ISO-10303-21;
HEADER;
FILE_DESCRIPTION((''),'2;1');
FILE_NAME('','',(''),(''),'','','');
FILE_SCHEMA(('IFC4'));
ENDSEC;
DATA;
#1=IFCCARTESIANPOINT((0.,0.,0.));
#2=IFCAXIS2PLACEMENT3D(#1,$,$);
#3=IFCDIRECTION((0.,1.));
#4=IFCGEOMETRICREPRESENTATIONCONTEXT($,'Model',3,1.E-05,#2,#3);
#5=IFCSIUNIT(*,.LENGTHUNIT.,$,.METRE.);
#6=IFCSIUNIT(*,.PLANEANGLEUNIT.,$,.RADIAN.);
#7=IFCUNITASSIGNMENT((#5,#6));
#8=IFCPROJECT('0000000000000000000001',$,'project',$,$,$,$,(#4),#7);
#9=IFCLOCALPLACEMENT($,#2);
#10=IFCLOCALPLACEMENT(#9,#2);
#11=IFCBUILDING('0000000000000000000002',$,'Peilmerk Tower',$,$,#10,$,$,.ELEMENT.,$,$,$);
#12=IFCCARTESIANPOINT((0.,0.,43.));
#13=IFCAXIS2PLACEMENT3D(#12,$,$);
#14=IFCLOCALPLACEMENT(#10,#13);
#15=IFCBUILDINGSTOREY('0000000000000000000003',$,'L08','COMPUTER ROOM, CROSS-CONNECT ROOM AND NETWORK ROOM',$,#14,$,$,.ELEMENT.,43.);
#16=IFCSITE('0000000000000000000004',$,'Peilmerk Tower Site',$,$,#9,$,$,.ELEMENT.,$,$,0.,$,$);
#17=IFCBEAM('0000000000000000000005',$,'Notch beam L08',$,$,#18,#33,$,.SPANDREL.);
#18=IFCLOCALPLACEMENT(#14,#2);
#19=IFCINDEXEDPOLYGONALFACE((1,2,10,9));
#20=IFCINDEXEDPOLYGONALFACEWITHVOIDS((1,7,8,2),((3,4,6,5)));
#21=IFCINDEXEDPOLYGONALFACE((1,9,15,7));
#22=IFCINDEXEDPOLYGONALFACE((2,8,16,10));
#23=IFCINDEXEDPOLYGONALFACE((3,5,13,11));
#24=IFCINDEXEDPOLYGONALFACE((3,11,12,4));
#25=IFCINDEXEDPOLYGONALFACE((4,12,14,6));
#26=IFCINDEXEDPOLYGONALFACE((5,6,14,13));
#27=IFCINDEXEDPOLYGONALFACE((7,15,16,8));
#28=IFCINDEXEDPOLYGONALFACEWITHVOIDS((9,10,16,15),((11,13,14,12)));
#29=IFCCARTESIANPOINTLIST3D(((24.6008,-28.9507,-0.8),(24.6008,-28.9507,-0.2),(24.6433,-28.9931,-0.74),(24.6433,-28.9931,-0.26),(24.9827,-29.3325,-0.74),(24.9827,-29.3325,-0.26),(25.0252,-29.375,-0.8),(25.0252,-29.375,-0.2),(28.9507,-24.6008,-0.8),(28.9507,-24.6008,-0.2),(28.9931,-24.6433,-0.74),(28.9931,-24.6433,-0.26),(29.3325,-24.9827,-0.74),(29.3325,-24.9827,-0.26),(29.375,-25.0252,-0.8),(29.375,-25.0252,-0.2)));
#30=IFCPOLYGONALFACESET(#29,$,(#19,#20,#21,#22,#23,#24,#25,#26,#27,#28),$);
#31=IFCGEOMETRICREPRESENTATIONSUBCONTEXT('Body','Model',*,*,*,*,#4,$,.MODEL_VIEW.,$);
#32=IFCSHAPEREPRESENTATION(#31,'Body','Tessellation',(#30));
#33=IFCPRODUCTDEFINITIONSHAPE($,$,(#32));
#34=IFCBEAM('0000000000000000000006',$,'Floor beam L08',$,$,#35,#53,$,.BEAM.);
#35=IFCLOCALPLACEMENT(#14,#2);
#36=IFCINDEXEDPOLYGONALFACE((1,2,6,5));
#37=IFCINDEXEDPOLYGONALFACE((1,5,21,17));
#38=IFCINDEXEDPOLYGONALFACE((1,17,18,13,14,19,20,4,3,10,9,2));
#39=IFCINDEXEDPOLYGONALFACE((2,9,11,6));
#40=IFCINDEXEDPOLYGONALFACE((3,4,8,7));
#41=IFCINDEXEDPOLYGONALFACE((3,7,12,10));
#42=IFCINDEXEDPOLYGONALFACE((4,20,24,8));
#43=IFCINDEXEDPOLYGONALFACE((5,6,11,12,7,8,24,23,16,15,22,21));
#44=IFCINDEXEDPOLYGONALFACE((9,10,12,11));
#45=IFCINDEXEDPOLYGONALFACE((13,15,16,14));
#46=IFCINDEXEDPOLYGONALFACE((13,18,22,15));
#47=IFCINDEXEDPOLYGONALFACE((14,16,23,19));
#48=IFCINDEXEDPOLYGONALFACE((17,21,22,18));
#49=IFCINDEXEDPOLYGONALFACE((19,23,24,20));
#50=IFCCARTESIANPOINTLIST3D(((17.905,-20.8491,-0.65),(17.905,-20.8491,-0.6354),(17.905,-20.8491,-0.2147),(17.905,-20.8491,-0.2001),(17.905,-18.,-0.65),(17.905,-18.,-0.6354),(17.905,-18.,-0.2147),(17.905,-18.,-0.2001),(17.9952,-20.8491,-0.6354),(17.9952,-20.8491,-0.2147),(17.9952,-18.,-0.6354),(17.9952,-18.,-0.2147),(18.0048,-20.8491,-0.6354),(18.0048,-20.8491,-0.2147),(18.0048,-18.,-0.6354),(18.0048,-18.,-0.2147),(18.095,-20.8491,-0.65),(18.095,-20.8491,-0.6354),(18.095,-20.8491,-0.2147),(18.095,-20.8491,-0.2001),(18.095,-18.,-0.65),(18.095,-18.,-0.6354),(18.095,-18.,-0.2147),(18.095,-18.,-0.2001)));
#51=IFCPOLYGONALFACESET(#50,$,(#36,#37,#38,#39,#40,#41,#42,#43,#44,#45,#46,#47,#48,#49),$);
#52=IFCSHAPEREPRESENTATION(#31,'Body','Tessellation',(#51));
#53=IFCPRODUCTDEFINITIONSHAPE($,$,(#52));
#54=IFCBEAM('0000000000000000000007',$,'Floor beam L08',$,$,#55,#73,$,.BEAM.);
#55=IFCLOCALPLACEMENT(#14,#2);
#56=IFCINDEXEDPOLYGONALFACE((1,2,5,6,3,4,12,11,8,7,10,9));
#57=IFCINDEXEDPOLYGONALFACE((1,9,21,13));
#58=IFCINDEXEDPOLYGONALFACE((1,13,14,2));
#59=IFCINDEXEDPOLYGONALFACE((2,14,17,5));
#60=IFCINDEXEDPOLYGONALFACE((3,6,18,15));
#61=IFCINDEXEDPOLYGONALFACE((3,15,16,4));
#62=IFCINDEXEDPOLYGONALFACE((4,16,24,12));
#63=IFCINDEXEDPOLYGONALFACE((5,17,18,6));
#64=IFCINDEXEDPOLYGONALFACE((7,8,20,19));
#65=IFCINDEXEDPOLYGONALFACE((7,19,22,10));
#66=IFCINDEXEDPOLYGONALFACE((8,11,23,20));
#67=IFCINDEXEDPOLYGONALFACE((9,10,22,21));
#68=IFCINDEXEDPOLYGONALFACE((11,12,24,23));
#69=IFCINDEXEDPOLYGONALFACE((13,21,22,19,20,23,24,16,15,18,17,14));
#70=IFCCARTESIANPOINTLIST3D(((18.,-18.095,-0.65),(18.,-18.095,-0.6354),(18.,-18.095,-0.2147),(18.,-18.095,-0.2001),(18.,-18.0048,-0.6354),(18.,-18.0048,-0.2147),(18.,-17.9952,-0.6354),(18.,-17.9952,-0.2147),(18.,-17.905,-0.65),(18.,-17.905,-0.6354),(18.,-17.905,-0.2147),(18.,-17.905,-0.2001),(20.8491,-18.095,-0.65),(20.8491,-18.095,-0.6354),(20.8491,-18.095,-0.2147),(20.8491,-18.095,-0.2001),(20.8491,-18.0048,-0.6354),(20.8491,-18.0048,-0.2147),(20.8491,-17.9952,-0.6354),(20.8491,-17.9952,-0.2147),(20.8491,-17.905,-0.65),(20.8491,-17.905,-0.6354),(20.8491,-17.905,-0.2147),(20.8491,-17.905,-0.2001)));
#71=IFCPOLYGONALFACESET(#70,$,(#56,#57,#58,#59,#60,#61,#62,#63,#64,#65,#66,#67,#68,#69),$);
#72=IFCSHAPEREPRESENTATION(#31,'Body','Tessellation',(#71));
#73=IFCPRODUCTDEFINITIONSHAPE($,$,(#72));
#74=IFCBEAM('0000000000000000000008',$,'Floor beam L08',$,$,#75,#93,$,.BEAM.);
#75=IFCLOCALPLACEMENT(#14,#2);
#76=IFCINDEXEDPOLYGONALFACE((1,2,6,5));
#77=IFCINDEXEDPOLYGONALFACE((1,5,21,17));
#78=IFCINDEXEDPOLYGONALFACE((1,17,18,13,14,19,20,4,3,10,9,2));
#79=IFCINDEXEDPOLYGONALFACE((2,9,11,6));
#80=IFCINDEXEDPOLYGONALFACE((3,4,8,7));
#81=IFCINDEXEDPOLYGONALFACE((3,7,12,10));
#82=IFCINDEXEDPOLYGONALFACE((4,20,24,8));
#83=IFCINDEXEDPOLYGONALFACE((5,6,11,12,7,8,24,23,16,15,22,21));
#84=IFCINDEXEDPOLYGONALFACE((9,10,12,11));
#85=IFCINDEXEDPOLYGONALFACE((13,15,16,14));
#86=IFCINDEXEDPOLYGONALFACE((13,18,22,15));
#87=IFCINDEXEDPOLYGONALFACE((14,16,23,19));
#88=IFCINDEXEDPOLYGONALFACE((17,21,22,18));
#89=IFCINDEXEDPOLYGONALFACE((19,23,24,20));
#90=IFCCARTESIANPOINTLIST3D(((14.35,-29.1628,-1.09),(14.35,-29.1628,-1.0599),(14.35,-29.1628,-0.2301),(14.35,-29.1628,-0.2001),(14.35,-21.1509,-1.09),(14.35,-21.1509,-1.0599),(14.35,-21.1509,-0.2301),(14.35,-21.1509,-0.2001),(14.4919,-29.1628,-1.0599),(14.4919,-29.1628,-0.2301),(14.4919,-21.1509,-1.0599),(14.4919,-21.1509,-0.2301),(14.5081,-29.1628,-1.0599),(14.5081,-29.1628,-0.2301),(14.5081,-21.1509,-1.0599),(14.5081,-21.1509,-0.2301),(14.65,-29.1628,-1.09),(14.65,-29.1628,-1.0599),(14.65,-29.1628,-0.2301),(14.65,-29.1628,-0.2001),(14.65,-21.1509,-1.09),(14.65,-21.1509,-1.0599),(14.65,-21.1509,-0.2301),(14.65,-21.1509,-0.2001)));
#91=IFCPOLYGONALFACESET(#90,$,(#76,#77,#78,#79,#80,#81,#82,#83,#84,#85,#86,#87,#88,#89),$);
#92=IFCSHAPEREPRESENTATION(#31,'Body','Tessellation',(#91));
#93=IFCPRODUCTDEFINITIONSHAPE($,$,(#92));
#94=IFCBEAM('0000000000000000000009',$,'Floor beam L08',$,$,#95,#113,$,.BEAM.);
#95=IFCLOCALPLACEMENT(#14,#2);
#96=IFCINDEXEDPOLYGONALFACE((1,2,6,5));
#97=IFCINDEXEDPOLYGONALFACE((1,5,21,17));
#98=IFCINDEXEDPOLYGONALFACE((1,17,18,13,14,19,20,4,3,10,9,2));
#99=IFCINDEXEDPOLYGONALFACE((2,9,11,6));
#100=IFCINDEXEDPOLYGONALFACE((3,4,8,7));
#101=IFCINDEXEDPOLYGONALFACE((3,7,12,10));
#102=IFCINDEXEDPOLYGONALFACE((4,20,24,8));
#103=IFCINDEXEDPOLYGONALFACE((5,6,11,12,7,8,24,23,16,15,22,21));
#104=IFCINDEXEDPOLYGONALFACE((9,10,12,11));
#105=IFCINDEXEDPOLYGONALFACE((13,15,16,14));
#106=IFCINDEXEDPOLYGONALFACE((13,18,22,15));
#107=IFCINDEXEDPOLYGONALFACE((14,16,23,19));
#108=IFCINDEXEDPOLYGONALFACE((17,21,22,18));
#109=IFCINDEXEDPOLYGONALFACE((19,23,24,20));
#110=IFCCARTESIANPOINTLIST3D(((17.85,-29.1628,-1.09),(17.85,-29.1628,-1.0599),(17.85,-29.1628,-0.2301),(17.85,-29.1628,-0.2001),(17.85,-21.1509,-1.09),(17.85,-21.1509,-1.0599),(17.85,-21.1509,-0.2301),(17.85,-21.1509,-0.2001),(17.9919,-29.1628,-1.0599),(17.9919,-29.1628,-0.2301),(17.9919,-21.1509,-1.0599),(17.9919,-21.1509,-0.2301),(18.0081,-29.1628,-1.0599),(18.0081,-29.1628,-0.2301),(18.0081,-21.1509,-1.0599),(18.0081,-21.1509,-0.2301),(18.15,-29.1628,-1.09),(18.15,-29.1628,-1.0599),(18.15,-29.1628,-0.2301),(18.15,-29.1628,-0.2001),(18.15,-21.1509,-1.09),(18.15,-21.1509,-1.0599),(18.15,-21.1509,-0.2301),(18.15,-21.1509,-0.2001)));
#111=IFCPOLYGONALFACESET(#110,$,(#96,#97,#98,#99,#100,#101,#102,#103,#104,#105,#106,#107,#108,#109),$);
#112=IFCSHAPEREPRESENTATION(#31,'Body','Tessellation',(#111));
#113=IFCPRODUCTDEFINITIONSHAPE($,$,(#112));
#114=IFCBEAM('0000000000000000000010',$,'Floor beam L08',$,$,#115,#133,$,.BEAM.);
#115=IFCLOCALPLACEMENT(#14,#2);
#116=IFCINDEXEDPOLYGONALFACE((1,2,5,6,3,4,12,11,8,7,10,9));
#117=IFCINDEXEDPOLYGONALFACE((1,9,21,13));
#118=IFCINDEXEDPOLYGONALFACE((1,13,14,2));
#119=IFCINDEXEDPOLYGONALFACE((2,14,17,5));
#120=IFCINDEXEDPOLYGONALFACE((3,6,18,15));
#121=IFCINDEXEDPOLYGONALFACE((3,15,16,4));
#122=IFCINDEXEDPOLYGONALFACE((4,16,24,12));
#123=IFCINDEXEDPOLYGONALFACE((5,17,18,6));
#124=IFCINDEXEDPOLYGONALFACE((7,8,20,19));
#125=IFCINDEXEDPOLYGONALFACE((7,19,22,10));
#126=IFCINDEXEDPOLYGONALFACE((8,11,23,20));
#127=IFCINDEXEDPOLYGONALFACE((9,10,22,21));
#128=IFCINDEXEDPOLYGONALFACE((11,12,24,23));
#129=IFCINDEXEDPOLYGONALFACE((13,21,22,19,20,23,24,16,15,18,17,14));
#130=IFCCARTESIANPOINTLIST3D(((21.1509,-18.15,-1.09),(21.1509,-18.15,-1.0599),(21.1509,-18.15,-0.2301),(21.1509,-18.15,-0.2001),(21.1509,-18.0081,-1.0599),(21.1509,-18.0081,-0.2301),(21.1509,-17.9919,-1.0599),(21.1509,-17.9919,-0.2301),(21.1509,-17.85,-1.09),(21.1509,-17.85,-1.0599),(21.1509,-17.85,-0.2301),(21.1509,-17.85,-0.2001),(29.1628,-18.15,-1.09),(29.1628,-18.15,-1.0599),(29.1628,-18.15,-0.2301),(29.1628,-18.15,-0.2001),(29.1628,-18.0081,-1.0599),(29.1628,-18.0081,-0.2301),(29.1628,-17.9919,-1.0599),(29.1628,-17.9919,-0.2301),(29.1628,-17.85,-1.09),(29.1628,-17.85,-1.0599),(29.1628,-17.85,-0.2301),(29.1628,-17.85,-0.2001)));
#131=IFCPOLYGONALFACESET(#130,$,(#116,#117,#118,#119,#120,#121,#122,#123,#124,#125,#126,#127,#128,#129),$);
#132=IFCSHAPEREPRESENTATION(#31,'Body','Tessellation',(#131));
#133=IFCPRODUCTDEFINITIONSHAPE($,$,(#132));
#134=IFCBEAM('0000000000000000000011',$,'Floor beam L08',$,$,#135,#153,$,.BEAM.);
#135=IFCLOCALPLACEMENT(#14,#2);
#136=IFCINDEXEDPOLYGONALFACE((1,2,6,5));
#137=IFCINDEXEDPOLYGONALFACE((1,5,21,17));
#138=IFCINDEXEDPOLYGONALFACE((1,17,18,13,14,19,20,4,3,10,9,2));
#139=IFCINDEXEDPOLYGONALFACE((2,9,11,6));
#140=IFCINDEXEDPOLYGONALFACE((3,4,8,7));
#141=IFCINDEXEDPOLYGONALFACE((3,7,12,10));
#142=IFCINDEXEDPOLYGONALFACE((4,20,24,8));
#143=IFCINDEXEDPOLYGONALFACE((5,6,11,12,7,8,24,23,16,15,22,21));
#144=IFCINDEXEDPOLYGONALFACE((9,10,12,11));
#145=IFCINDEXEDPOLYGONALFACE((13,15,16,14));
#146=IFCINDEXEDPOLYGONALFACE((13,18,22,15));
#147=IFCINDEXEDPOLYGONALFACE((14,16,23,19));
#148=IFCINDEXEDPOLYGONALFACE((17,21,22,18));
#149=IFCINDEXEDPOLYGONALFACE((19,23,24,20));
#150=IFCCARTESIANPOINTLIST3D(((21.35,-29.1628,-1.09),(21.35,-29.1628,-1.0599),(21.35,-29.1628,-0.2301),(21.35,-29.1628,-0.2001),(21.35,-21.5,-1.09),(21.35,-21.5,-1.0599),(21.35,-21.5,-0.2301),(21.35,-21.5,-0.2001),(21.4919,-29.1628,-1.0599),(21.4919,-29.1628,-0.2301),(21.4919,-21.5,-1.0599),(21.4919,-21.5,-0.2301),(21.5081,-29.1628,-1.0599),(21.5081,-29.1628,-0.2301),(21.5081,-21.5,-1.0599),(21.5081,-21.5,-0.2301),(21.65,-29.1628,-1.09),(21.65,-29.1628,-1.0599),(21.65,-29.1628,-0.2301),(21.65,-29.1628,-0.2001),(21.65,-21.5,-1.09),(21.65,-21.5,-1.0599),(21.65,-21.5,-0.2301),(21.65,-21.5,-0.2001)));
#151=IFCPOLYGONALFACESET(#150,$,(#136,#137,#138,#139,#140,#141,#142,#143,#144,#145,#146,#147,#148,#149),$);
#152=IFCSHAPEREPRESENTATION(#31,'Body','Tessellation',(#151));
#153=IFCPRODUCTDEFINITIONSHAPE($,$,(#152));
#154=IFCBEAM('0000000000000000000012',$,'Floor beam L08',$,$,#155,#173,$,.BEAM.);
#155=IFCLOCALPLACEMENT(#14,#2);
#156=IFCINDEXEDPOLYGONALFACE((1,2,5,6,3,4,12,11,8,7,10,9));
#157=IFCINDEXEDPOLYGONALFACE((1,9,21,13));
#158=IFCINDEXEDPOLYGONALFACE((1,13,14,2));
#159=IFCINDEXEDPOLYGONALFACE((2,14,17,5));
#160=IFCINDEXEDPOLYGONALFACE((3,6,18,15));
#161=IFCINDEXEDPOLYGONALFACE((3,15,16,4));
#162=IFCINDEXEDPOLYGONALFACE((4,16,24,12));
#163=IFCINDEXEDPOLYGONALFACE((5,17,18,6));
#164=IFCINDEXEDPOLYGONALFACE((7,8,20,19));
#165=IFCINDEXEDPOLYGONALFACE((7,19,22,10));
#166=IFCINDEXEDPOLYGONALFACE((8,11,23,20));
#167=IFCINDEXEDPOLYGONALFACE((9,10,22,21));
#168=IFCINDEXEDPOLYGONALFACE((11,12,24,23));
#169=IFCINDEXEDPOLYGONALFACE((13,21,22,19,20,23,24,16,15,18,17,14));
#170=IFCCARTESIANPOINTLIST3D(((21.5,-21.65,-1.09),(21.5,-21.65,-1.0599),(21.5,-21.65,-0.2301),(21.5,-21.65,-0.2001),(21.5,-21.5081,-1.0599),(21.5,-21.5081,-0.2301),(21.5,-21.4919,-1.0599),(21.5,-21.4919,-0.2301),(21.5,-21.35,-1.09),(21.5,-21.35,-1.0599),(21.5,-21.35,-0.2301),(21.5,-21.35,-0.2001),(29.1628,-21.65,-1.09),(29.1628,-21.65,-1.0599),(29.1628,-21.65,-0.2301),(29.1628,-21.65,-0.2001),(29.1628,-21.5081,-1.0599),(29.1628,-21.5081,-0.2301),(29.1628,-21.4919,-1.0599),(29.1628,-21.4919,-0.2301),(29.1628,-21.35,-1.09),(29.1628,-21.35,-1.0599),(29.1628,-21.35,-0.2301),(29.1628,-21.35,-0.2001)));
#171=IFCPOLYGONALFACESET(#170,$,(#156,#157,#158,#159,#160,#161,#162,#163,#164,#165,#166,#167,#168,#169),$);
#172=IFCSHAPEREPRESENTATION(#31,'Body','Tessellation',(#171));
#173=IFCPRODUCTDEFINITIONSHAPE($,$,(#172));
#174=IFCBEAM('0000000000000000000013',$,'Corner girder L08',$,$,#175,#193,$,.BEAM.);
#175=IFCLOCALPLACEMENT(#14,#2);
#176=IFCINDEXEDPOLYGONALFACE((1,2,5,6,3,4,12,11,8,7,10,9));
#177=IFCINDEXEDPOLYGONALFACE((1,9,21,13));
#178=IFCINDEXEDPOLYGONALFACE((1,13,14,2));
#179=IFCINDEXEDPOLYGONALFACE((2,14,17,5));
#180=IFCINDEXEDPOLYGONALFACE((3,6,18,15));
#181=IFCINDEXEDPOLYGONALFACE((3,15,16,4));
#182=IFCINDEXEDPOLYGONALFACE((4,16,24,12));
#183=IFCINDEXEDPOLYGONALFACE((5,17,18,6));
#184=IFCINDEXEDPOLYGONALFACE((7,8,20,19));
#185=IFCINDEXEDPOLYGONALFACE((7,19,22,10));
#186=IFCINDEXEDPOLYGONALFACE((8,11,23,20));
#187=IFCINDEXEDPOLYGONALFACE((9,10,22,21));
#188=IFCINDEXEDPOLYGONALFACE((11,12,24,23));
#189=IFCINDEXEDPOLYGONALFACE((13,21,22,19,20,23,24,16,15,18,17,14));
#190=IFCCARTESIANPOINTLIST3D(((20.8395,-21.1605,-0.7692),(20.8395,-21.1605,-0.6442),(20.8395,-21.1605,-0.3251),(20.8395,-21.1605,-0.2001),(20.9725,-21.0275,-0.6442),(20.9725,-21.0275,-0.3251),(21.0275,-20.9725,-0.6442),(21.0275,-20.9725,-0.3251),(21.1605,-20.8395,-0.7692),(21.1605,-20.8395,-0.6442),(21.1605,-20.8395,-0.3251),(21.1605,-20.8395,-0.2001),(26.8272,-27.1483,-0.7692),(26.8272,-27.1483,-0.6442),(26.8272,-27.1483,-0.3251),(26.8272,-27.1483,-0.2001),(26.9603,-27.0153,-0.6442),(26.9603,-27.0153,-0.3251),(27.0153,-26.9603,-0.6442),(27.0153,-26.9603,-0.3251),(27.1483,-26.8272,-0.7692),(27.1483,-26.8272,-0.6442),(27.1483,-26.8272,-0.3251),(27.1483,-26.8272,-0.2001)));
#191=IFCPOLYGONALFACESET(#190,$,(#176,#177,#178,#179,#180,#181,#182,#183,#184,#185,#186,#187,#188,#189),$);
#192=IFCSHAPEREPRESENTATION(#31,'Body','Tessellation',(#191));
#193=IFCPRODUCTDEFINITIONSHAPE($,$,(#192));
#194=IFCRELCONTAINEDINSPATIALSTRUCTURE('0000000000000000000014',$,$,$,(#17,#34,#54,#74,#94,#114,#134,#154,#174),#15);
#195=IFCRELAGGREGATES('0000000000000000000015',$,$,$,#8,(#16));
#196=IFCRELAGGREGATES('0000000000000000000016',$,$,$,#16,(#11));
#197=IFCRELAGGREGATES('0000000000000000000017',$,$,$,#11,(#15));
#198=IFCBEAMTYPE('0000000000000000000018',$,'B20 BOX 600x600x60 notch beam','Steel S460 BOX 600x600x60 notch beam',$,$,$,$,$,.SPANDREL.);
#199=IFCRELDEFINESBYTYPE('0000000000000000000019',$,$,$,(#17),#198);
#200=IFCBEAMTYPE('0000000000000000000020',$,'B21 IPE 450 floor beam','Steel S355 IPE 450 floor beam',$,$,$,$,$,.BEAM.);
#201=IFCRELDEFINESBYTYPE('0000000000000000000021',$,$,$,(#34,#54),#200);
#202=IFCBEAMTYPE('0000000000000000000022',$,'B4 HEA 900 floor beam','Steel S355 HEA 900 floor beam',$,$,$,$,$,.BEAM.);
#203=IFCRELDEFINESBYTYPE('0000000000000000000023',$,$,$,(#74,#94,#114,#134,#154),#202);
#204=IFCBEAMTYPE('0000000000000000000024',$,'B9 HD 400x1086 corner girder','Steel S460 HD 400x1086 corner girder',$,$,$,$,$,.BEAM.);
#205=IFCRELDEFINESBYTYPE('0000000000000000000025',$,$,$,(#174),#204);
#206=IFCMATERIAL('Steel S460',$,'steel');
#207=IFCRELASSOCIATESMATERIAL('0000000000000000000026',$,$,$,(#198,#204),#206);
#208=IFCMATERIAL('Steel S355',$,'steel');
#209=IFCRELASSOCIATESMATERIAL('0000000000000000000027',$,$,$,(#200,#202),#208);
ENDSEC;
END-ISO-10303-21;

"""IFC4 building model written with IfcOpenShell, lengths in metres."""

from ifc_helpers import new_model, si_unit, direction, frame, origin, origin_2d, place, context, subcontext, project, spatial, hollow_rectangle, i_section, extrude, material, material_profile, profile_set, type_object, element, save


model = new_model("IFC4")

# Units and contexts
model_context = context("Model", 3, precision=1e-05, world=origin(), true_north=direction((0.0, 1.0)))
body_context = subcontext(model_context, "Body", "Model", "MODEL_VIEW")
ifc_project = project(units=[si_unit("LENGTHUNIT", "METRE"), si_unit("PLANEANGLEUNIT", "RADIAN")], contexts=[model_context])

# Site, building, storey
site_placement = place(None, origin())
site = spatial("IfcSite", under=ifc_project, at=site_placement, Name="Peilmerk Tower Site", CompositionType="ELEMENT", RefElevation=0.0)
building_placement = place(site_placement, origin())
building = spatial("IfcBuilding", under=site, at=building_placement, Name="Peilmerk Tower", CompositionType="ELEMENT")
storey_placement = place(building_placement, frame((0.0, 0.0, 43.0)))
storey = spatial("IfcBuildingStorey", under=building, at=storey_placement, Name="L08", Description="COMPUTER ROOM, CROSS-CONNECT ROOM AND NETWORK ROOM", CompositionType="ELEMENT", Elevation=43.0)

# Beams
ifc_material_1 = material(Name="Steel S460", Category="steel")
ifc_material_2 = material(Name="Steel S355", Category="steel")
ifc_material_profile_1 = material_profile(ifc_material_1, hollow_rectangle(XDim=0.6001, YDim=0.6001, WallThickness=0.0601, at=origin_2d()), Name="BOX 600x600x60")
ifc_profile_set_1 = profile_set([ifc_material_profile_1], Name="Steel S460")
beam_type_1 = type_object("IfcBeamType", Name="B20 BOX 600x600x60 notch beam", Description="Steel S460 BOX 600x600x60 notch beam", PredefinedType="SPANDREL", material=ifc_profile_set_1)
beam_1_placement = place(storey_placement, frame((29.1628, -24.813, -0.5), z_axis=(-0.707107, -0.707107, 0.0), x_axis=(0.707107, -0.707107, 0.0)))
element("IfcBeam", 1, at=beam_1_placement, inside=storey, type_object=beam_type_1, Name="Notch beam L08", PredefinedType="SPANDREL", context=body_context, shape_type="SweptSolid", body=[
    extrude(hollow_rectangle(XDim=0.6001, YDim=0.6001, WallThickness=0.0601, at=origin_2d()), origin(), (0.0, 0.0, 1.0), 6.1516),
])
ifc_material_profile_2 = material_profile(ifc_material_2, i_section(OverallWidth=0.1899, OverallDepth=0.45, WebThickness=0.0095, FlangeThickness=0.0146, at=origin_2d()), Name="IPE 450")
ifc_profile_set_2 = profile_set([ifc_material_profile_2], Name="Steel S355")
beam_type_2 = type_object("IfcBeamType", Name="B21 IPE 450 floor beam", Description="Steel S355 IPE 450 floor beam", PredefinedType="BEAM", material=ifc_profile_set_2)
for number, where, z_axis, x_axis, name in (
    (2, (18.0, -18.0, -0.425), (0.0, -1.0, 0.0), (1.0, 0.0, 0.0), "Floor beam L08"),
    (3, (18.0, -18.0, -0.425), (1.0, 0.0, 0.0), (0.0, 1.0, 0.0), "Floor beam L08"),
):
    element("IfcBeam", number, at=place(storey_placement, frame(where, z_axis=z_axis, x_axis=x_axis)), inside=storey, type_object=beam_type_2, Name=name, PredefinedType="BEAM", context=body_context, shape_type="SweptSolid", body=[
        extrude(i_section(OverallWidth=0.1899, OverallDepth=0.45, WebThickness=0.0095, FlangeThickness=0.0146, at=origin_2d()), origin(), (0.0, 0.0, 1.0), 2.8491),
    ])
ifc_material_profile_3 = material_profile(ifc_material_2, i_section(OverallWidth=0.3, OverallDepth=0.8899, WebThickness=0.0161, FlangeThickness=0.03, at=origin_2d()), Name="HEA 900")
ifc_profile_set_3 = profile_set([ifc_material_profile_3], Name="Steel S355")
beam_type_3 = type_object("IfcBeamType", Name="B4 HEA 900 floor beam", Description="Steel S355 HEA 900 floor beam", PredefinedType="BEAM", material=ifc_profile_set_3)
for number, where, z_axis, x_axis, name in (
    (4, (14.5, -21.1509, -0.645), (0.0, -1.0, 0.0), (1.0, 0.0, 0.0), "Floor beam L08"),
    (5, (18.0, -21.1509, -0.645), (0.0, -1.0, 0.0), (1.0, 0.0, 0.0), "Floor beam L08"),
    (6, (21.1509, -18.0, -0.645), (1.0, 0.0, 0.0), (0.0, 1.0, 0.0), "Floor beam L08"),
):
    element("IfcBeam", number, at=place(storey_placement, frame(where, z_axis=z_axis, x_axis=x_axis)), inside=storey, type_object=beam_type_3, Name=name, PredefinedType="BEAM", context=body_context, shape_type="SweptSolid", body=[
        extrude(i_section(OverallWidth=0.3, OverallDepth=0.8899, WebThickness=0.0161, FlangeThickness=0.03, at=origin_2d()), origin(), (0.0, 0.0, 1.0), 8.012),
    ])
for number, where, z_axis, x_axis, name in (
    (7, (21.5, -21.5, -0.645), (0.0, -1.0, 0.0), (1.0, 0.0, 0.0), "Floor beam L08"),
    (8, (21.5, -21.5, -0.645), (1.0, 0.0, 0.0), (0.0, 1.0, 0.0), "Floor beam L08"),
):
    element("IfcBeam", number, at=place(storey_placement, frame(where, z_axis=z_axis, x_axis=x_axis)), inside=storey, type_object=beam_type_3, Name=name, PredefinedType="BEAM", context=body_context, shape_type="SweptSolid", body=[
        extrude(i_section(OverallWidth=0.3, OverallDepth=0.8899, WebThickness=0.0161, FlangeThickness=0.03, at=origin_2d()), origin(), (0.0, 0.0, 1.0), 7.6628),
    ])
ifc_material_profile_4 = material_profile(ifc_material_1, i_section(OverallWidth=0.4541, OverallDepth=0.5691, WebThickness=0.0779, FlangeThickness=0.125, at=origin_2d()), Name="HD 400x1086")
ifc_profile_set_4 = profile_set([ifc_material_profile_4], Name="Steel S460")
beam_type_4 = type_object("IfcBeamType", Name="B9 HD 400x1086 corner girder", Description="Steel S460 HD 400x1086 corner girder", PredefinedType="BEAM", material=ifc_profile_set_4)
beam_2_placement = place(storey_placement, frame((21.0, -21.0, -0.4846), z_axis=(0.707107, -0.707107, 0.0), x_axis=(0.707107, 0.707107, 0.0)))
element("IfcBeam", 9, at=beam_2_placement, inside=storey, type_object=beam_type_4, Name="Corner girder L08", PredefinedType="BEAM", context=body_context, shape_type="SweptSolid", body=[
    extrude(i_section(OverallWidth=0.4541, OverallDepth=0.5691, WebThickness=0.0779, FlangeThickness=0.125, at=origin_2d()), origin(), (0.0, 0.0, 1.0), 8.468),
])

save(model, "model.ifc")
